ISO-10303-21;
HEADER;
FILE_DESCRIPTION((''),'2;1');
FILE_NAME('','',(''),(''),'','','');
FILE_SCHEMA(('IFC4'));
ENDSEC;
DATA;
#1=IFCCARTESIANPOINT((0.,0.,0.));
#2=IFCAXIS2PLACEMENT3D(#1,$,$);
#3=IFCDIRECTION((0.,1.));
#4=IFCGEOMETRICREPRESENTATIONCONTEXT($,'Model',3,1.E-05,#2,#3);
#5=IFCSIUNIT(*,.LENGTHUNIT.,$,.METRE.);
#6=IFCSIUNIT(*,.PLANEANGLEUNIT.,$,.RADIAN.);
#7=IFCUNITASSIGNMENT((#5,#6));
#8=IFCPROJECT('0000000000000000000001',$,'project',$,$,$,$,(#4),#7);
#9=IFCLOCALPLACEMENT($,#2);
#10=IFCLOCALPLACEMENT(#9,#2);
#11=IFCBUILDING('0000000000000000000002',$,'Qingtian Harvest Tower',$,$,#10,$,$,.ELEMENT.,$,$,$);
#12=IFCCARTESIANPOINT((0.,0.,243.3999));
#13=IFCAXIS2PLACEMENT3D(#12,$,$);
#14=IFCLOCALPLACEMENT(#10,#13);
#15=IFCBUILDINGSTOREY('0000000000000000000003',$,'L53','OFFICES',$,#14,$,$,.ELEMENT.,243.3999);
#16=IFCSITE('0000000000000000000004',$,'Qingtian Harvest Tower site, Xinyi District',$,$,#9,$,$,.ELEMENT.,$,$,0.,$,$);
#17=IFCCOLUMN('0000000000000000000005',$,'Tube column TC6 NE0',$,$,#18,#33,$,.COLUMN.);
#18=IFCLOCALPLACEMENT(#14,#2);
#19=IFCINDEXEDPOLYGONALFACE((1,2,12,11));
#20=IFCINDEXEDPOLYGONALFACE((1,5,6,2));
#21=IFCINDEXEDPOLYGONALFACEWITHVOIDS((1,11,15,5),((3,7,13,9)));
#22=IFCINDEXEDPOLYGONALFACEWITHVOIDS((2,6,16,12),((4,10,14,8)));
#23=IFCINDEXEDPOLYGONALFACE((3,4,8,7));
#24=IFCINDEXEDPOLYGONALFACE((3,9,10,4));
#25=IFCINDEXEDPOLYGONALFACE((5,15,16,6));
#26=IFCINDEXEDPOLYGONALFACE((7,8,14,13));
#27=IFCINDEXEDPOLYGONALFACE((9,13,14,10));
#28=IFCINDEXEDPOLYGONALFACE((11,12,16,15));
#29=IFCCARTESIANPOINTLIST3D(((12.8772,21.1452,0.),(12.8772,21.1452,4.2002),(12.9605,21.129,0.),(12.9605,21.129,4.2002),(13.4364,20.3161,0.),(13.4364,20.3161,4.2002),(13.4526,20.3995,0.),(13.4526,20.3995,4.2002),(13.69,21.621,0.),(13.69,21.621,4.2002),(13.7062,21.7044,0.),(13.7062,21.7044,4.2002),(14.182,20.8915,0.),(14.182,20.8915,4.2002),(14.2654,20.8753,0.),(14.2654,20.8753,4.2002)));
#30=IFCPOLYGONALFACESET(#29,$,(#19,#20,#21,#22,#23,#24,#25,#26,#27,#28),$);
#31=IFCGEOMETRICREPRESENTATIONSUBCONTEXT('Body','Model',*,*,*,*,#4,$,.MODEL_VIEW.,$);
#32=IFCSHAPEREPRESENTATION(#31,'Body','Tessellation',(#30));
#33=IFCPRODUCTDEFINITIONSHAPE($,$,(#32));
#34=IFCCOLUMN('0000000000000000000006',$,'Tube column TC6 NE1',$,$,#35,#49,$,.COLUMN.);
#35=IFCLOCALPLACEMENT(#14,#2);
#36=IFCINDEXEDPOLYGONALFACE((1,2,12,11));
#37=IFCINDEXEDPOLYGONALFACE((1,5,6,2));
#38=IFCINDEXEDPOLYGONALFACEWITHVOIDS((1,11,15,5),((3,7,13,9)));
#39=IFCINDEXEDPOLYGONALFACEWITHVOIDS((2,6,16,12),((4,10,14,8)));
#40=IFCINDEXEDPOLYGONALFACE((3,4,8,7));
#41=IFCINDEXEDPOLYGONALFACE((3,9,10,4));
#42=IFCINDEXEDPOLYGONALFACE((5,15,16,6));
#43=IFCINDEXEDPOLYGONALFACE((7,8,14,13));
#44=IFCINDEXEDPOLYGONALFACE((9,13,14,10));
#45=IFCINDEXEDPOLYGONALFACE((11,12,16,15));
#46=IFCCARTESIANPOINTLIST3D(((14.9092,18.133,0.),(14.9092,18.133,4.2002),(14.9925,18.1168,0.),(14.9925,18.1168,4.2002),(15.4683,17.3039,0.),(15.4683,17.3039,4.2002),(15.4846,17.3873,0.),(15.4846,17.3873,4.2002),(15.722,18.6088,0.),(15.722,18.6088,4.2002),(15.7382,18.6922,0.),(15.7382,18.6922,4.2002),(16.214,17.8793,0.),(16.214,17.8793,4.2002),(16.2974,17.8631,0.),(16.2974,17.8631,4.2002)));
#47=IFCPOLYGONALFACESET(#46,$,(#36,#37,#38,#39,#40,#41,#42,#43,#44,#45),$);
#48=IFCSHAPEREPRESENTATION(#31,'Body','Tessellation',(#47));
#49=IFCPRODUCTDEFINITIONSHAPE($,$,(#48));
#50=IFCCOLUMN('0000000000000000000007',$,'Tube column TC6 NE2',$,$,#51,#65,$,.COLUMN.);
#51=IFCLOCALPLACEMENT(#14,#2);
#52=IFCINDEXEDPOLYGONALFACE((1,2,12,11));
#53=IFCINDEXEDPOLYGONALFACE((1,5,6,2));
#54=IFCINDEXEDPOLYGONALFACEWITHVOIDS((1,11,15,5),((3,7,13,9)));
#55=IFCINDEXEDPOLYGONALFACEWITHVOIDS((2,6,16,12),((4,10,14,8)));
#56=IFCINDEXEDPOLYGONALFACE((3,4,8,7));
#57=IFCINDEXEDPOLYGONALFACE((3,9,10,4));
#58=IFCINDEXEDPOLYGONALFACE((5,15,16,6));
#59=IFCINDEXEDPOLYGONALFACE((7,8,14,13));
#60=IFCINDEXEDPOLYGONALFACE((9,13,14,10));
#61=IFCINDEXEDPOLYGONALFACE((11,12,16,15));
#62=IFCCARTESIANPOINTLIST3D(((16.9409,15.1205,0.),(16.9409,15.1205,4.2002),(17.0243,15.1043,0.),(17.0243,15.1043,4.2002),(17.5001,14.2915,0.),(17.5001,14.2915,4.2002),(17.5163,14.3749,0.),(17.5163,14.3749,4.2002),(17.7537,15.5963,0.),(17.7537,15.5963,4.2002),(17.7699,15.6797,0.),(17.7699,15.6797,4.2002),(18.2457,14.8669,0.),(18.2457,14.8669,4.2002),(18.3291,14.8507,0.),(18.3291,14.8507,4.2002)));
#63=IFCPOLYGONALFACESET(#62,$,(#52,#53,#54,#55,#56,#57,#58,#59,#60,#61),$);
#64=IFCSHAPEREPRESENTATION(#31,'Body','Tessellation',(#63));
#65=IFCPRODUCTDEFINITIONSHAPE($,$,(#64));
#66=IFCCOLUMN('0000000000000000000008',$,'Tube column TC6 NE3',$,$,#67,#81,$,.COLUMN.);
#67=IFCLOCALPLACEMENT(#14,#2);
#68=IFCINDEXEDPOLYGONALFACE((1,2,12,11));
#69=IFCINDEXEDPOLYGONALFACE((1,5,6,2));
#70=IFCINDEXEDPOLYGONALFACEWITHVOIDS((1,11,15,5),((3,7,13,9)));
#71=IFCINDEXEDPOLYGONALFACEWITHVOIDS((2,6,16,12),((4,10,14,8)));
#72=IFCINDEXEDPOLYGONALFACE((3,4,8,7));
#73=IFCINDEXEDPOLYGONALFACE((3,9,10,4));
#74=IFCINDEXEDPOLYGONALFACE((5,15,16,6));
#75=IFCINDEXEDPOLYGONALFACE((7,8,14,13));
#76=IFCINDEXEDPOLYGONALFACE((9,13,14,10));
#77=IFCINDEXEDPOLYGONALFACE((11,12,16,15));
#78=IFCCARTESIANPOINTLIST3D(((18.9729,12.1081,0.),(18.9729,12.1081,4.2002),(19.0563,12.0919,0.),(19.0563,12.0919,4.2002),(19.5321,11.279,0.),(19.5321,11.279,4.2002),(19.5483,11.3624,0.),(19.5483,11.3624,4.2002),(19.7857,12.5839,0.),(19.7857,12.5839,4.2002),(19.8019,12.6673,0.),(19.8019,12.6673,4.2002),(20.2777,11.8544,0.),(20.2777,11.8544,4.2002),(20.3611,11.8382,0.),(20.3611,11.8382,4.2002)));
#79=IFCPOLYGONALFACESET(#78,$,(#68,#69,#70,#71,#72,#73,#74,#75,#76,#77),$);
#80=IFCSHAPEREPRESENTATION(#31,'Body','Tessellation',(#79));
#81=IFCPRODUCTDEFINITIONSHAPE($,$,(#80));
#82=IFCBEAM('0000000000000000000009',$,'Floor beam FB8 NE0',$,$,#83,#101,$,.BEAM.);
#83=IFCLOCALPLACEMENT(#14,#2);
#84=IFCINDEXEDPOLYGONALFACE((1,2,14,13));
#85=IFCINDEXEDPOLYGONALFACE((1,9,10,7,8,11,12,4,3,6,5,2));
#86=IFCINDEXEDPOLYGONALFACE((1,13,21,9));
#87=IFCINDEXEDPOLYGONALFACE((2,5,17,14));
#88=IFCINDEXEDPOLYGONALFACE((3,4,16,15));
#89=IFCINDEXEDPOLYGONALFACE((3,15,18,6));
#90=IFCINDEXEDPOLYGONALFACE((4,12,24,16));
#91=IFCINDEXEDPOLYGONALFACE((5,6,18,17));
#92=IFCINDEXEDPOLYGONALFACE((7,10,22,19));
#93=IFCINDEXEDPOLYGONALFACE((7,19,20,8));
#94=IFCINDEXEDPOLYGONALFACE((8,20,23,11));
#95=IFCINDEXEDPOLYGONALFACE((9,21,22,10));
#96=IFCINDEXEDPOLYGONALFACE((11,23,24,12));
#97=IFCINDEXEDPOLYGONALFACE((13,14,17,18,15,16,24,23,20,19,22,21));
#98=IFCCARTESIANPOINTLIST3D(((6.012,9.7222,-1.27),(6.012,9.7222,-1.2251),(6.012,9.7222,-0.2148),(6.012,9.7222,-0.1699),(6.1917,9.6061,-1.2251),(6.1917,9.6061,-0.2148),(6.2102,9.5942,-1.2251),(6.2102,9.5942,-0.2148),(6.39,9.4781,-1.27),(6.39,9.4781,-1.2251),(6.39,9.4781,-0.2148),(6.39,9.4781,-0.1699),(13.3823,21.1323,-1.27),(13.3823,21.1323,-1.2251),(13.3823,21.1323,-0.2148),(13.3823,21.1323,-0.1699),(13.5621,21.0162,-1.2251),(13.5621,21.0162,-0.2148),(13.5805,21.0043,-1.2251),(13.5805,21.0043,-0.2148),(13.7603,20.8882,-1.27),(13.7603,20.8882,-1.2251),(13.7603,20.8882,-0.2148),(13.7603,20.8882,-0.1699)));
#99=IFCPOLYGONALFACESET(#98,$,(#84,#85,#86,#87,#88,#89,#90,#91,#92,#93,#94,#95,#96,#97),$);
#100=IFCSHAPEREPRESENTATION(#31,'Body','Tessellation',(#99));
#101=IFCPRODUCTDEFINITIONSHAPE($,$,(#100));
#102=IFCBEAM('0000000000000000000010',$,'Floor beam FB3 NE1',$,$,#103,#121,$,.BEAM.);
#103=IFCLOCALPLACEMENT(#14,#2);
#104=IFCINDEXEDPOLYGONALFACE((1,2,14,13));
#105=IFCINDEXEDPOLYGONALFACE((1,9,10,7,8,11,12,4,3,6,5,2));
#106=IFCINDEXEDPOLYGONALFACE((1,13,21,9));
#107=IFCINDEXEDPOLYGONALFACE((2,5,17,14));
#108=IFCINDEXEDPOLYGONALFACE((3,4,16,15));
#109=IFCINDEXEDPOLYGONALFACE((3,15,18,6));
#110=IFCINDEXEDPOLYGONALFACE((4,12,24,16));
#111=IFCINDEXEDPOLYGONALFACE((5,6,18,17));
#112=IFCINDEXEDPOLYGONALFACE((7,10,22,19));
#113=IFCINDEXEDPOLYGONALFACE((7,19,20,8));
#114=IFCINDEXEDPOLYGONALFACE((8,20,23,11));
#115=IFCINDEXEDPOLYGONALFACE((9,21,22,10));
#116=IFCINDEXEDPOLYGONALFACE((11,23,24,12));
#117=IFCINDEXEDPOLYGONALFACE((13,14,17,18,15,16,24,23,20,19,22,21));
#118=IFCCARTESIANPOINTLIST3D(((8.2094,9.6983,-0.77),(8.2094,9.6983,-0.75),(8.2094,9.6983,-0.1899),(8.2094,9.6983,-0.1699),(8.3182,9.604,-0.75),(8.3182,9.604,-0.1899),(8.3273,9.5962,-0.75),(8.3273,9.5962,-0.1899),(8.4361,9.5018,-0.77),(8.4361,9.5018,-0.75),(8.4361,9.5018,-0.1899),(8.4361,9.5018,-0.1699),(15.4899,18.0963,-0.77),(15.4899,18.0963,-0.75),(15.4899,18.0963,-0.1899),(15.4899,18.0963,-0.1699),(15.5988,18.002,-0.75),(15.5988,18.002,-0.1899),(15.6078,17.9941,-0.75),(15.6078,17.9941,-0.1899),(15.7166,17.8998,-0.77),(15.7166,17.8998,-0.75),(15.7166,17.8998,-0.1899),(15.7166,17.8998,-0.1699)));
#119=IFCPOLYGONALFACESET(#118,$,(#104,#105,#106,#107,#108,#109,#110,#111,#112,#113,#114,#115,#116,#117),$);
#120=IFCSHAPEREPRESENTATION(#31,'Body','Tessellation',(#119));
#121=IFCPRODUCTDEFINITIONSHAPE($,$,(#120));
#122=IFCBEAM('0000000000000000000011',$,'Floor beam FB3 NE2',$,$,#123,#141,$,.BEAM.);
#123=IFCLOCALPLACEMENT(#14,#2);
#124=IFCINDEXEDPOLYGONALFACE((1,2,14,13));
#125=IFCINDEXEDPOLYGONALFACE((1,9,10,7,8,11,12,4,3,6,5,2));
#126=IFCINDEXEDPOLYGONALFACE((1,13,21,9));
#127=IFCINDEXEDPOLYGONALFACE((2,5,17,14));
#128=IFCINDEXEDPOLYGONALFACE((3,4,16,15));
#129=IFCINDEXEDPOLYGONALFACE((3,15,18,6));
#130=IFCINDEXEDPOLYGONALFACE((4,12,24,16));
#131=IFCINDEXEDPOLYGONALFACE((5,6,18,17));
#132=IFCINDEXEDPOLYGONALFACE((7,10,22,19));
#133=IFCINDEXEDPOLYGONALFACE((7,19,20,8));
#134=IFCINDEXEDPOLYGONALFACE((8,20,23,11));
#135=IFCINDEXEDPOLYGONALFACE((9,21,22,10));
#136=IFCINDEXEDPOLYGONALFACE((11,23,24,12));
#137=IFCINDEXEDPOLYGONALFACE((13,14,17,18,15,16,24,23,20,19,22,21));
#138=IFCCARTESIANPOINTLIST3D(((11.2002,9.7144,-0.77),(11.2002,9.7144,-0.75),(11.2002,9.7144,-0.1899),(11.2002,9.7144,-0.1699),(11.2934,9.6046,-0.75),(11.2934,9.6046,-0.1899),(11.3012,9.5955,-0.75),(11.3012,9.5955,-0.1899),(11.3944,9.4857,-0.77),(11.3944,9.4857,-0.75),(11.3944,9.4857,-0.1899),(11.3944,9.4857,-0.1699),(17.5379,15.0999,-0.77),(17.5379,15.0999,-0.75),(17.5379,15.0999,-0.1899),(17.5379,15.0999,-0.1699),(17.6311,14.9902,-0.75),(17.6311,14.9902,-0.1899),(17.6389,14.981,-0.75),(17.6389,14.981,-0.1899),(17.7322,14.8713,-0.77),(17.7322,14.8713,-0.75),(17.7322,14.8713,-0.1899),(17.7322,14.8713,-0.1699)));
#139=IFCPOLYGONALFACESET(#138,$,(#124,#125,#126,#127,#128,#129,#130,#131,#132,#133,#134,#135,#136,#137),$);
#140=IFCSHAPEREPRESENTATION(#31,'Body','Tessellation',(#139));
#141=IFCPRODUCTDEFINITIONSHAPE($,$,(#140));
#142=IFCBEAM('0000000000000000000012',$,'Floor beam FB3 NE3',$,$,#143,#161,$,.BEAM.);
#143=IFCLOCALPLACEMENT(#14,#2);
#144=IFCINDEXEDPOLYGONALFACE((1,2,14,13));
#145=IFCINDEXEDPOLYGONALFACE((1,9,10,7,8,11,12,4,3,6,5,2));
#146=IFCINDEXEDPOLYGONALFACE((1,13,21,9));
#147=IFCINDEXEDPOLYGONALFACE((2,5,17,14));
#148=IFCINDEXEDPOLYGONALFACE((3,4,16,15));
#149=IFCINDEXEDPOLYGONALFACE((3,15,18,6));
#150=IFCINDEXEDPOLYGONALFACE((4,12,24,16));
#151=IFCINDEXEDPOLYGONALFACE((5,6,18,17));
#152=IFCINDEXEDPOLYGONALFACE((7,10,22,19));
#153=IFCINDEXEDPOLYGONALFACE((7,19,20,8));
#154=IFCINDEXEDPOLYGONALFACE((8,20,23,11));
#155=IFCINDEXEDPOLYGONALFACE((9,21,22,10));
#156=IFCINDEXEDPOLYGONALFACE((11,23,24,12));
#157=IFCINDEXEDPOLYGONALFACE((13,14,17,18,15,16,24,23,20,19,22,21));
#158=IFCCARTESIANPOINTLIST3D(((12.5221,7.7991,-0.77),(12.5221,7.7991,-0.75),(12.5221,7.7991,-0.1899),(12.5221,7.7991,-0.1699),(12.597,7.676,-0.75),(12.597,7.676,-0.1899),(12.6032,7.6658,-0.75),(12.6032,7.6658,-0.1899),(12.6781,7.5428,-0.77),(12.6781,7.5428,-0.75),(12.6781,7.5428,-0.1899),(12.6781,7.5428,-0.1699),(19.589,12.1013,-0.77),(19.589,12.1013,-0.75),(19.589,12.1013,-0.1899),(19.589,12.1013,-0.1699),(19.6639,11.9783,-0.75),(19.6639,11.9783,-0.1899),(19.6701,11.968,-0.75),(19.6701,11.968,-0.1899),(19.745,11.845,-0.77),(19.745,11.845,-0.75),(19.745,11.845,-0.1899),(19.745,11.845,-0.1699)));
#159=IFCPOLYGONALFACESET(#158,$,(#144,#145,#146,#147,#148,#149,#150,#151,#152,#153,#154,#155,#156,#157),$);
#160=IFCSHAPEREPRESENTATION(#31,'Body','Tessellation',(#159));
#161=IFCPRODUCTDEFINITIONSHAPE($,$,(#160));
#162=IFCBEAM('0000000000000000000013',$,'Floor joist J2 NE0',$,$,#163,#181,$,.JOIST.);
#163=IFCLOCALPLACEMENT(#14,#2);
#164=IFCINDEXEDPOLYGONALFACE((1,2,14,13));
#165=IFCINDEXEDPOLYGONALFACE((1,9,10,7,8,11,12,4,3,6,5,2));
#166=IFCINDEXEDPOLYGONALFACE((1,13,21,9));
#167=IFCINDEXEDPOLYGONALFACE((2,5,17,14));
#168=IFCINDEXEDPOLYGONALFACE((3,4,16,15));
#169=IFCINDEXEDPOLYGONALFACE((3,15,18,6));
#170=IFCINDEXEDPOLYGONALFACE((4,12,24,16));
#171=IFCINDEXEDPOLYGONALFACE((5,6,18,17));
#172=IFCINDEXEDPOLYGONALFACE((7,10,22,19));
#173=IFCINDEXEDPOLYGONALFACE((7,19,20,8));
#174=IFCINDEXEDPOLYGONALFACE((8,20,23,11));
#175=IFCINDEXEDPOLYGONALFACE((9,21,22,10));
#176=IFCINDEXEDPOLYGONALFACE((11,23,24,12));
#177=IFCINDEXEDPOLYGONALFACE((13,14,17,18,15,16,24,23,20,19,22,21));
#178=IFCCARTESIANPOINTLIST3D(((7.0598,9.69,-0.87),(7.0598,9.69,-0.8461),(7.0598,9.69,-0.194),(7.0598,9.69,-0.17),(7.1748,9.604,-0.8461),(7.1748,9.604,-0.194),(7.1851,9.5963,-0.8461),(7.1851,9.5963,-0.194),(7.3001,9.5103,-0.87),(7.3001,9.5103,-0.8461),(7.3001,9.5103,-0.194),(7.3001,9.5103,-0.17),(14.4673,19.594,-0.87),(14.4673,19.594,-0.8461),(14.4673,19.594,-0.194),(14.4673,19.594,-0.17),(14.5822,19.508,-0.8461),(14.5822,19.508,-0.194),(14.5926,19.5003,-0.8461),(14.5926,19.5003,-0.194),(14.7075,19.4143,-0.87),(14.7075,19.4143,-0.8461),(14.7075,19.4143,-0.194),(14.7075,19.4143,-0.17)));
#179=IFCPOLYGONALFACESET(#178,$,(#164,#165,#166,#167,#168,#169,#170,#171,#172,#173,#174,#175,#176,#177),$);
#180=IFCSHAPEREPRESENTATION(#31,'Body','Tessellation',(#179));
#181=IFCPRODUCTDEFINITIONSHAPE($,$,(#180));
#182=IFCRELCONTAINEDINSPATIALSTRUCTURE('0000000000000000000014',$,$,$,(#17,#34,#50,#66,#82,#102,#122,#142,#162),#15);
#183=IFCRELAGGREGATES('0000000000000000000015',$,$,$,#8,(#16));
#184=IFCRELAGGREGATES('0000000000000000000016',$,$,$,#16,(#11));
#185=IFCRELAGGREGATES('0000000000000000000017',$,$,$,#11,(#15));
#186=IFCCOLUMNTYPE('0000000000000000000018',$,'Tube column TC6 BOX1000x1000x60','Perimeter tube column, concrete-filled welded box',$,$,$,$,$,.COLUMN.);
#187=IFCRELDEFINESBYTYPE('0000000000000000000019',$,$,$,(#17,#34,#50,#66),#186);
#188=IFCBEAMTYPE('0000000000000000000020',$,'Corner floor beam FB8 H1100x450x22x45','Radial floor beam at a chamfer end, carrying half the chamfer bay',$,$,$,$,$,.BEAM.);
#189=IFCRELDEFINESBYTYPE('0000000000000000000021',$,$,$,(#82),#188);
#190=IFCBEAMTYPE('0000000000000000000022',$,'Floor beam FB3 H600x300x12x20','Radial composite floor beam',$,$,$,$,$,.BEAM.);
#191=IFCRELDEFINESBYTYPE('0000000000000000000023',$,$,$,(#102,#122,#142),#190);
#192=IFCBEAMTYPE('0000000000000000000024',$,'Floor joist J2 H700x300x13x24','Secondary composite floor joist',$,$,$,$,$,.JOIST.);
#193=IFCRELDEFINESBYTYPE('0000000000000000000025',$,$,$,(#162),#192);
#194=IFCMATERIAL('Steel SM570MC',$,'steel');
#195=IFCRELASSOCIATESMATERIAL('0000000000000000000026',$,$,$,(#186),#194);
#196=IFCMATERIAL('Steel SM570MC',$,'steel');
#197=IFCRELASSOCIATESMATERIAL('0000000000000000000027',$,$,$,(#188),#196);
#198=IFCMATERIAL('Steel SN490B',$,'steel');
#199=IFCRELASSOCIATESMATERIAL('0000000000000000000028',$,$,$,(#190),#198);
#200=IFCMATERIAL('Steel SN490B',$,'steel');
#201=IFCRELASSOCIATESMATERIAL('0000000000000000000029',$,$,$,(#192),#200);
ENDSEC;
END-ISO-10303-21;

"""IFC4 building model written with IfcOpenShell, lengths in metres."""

from ifc_helpers import new_model, si_unit, direction, frame, origin, origin_2d, place, context, subcontext, project, spatial, hollow_rectangle, i_section, extrude, material, material_profile, profile_set, type_object, element, save


model = new_model("IFC4")

# Units and contexts
model_context = context("Model", 3, precision=1e-05, world=origin(), true_north=direction((0.0, 1.0)))
body_context = subcontext(model_context, "Body", "Model", "MODEL_VIEW")
ifc_project = project(units=[si_unit("LENGTHUNIT", "METRE"), si_unit("PLANEANGLEUNIT", "RADIAN")], contexts=[model_context])

# Site, building, storey
site_placement = place(None, origin())
site = spatial("IfcSite", under=ifc_project, at=site_placement, Name="Qingtian Harvest Tower site, Xinyi District", CompositionType="ELEMENT", RefElevation=0.0)
building_placement = place(site_placement, origin())
building = spatial("IfcBuilding", under=site, at=building_placement, Name="Qingtian Harvest Tower", CompositionType="ELEMENT")
storey_placement = place(building_placement, frame((0.0, 0.0, 243.3999)))
storey = spatial("IfcBuildingStorey", under=building, at=storey_placement, Name="L53", Description="OFFICES", CompositionType="ELEMENT", Elevation=243.3999)

# Columns
ifc_material_1 = material(Name="Steel SM570MC", Category="steel")
ifc_material_profile_1 = material_profile(ifc_material_1, hollow_rectangle(XDim=1.0, YDim=1.0, WallThickness=0.0601, at=origin_2d()), Name="BOX1000x1000x60")
ifc_profile_set_1 = profile_set([ifc_material_profile_1], Name="Steel SM570MC")
column_type = type_object("IfcColumnType", Name="Tube column TC6 BOX1000x1000x60", Description="Perimeter tube column, concrete-filled welded box", PredefinedType="COLUMN", material=ifc_profile_set_1)
for number, where, z_axis, x_axis, name in (
    (1, (13.5713, 21.0103, 0.0), (0.0, 0.0, 1.0), (-0.559193, 0.829038, 0.0), "Tube column TC6 NE0"),
    (2, (15.6033, 17.998, 0.0), (0.0, 0.0, 1.0), (-0.559193, 0.829038, 0.0), "Tube column TC6 NE1"),
    (3, (17.635, 14.9856, 0.0), (0.0, 0.0, 1.0), (-0.559193, 0.829038, 0.0), "Tube column TC6 NE2"),
    (4, (19.667, 11.9731, 0.0), (0.0, 0.0, 1.0), (-0.559193, 0.829038, 0.0), "Tube column TC6 NE3"),
):
    element("IfcColumn", number, at=place(storey_placement, frame(where, z_axis=z_axis, x_axis=x_axis)), inside=storey, type_object=column_type, Name=name, PredefinedType="COLUMN", context=body_context, shape_type="SweptSolid", body=[
        extrude(hollow_rectangle(XDim=1.0, YDim=1.0, WallThickness=0.0601, at=origin_2d()), origin(), (0.0, 0.0, 1.0), 4.2002),
    ])

# Beams
ifc_material_2 = material(Name="Steel SM570MC", Category="steel")
ifc_material_profile_2 = material_profile(ifc_material_2, i_section(OverallWidth=0.45, OverallDepth=1.1001, WebThickness=0.022, FlangeThickness=0.0449, at=origin_2d()), Name="H1100x450x22x45")
ifc_profile_set_2 = profile_set([ifc_material_profile_2], Name="Steel SM570MC")
beam_type_1 = type_object("IfcBeamType", Name="Corner floor beam FB8 H1100x450x22x45", Description="Radial floor beam at a chamfer end, carrying half the chamfer bay", PredefinedType="BEAM", material=ifc_profile_set_2)
beam_1_placement = place(storey_placement, frame((13.5713, 21.0103, -0.72), z_axis=(-0.542593, -0.839996, 0.0), x_axis=(0.839996, -0.542593, 0.0)))
element("IfcBeam", 5, at=beam_1_placement, inside=storey, type_object=beam_type_1, Name="Floor beam FB8 NE0", PredefinedType="BEAM", context=body_context, shape_type="SweptSolid", body=[
    extrude(i_section(OverallWidth=0.45, OverallDepth=1.1001, WebThickness=0.022, FlangeThickness=0.0449, at=origin_2d()), origin(), (0.0, 0.0, 1.0), 13.5835),
])
ifc_material_3 = material(Name="Steel SN490B", Category="steel")
ifc_material_profile_3 = material_profile(ifc_material_3, i_section(OverallWidth=0.3, OverallDepth=0.6001, WebThickness=0.012, FlangeThickness=0.02, at=origin_2d()), Name="H600x300x12x20")
ifc_profile_set_3 = profile_set([ifc_material_profile_3], Name="Steel SN490B")
beam_type_2 = type_object("IfcBeamType", Name="Floor beam FB3 H600x300x12x20", Description="Radial composite floor beam", PredefinedType="BEAM", material=ifc_profile_set_3)
beam_2_placement = place(storey_placement, frame((15.6033, 17.998, -0.47), z_axis=(-0.655048, -0.755587, 0.0), x_axis=(0.755587, -0.655048, 0.0)))
element("IfcBeam", 6, at=beam_2_placement, inside=storey, type_object=beam_type_2, Name="Floor beam FB3 NE1", PredefinedType="BEAM", context=body_context, shape_type="SweptSolid", body=[
    extrude(i_section(OverallWidth=0.3, OverallDepth=0.6001, WebThickness=0.012, FlangeThickness=0.02, at=origin_2d()), origin(), (0.0, 0.0, 1.0), 11.1145),
])
beam_3_placement = place(storey_placement, frame((17.635, 14.9856, -0.47), z_axis=(-0.762028, -0.647544, 0.0), x_axis=(0.647544, -0.762028, 0.0)))
element("IfcBeam", 7, at=beam_3_placement, inside=storey, type_object=beam_type_2, Name="Floor beam FB3 NE2", PredefinedType="BEAM", context=body_context, shape_type="SweptSolid", body=[
    extrude(i_section(OverallWidth=0.3, OverallDepth=0.6001, WebThickness=0.012, FlangeThickness=0.02, at=origin_2d()), origin(), (0.0, 0.0, 1.0), 8.3169),
])
beam_4_placement = place(storey_placement, frame((19.667, 11.9731, -0.47), z_axis=(-0.854163, -0.520005, 0.0), x_axis=(0.520005, -0.854163, 0.0)))
element("IfcBeam", 8, at=beam_4_placement, inside=storey, type_object=beam_type_2, Name="Floor beam FB3 NE3", PredefinedType="BEAM", context=body_context, shape_type="SweptSolid", body=[
    extrude(i_section(OverallWidth=0.3, OverallDepth=0.6001, WebThickness=0.012, FlangeThickness=0.02, at=origin_2d()), origin(), (0.0, 0.0, 1.0), 8.2734),
])
ifc_material_4 = material(Name="Steel SN490B", Category="steel")
ifc_material_profile_4 = material_profile(ifc_material_4, i_section(OverallWidth=0.3, OverallDepth=0.7, WebThickness=0.0129, FlangeThickness=0.0239, at=origin_2d()), Name="H700x300x13x24")
ifc_profile_set_4 = profile_set([ifc_material_profile_4], Name="Steel SN490B")
beam_type_3 = type_object("IfcBeamType", Name="Floor joist J2 H700x300x13x24", Description="Secondary composite floor joist", PredefinedType="JOIST", material=ifc_profile_set_4)
beam_5_placement = place(storey_placement, frame((14.5874, 19.5042, -0.52), z_axis=(-0.598935, -0.800798, 0.0), x_axis=(0.800798, -0.598935, 0.0)))
element("IfcBeam", 9, at=beam_5_placement, inside=storey, type_object=beam_type_3, Name="Floor joist J2 NE0", PredefinedType="JOIST", context=body_context, shape_type="SweptSolid", body=[
    extrude(i_section(OverallWidth=0.3, OverallDepth=0.7, WebThickness=0.0129, FlangeThickness=0.0239, at=origin_2d()), origin(), (0.0, 0.0, 1.0), 12.3677),
])

save(model, "model.ifc")
